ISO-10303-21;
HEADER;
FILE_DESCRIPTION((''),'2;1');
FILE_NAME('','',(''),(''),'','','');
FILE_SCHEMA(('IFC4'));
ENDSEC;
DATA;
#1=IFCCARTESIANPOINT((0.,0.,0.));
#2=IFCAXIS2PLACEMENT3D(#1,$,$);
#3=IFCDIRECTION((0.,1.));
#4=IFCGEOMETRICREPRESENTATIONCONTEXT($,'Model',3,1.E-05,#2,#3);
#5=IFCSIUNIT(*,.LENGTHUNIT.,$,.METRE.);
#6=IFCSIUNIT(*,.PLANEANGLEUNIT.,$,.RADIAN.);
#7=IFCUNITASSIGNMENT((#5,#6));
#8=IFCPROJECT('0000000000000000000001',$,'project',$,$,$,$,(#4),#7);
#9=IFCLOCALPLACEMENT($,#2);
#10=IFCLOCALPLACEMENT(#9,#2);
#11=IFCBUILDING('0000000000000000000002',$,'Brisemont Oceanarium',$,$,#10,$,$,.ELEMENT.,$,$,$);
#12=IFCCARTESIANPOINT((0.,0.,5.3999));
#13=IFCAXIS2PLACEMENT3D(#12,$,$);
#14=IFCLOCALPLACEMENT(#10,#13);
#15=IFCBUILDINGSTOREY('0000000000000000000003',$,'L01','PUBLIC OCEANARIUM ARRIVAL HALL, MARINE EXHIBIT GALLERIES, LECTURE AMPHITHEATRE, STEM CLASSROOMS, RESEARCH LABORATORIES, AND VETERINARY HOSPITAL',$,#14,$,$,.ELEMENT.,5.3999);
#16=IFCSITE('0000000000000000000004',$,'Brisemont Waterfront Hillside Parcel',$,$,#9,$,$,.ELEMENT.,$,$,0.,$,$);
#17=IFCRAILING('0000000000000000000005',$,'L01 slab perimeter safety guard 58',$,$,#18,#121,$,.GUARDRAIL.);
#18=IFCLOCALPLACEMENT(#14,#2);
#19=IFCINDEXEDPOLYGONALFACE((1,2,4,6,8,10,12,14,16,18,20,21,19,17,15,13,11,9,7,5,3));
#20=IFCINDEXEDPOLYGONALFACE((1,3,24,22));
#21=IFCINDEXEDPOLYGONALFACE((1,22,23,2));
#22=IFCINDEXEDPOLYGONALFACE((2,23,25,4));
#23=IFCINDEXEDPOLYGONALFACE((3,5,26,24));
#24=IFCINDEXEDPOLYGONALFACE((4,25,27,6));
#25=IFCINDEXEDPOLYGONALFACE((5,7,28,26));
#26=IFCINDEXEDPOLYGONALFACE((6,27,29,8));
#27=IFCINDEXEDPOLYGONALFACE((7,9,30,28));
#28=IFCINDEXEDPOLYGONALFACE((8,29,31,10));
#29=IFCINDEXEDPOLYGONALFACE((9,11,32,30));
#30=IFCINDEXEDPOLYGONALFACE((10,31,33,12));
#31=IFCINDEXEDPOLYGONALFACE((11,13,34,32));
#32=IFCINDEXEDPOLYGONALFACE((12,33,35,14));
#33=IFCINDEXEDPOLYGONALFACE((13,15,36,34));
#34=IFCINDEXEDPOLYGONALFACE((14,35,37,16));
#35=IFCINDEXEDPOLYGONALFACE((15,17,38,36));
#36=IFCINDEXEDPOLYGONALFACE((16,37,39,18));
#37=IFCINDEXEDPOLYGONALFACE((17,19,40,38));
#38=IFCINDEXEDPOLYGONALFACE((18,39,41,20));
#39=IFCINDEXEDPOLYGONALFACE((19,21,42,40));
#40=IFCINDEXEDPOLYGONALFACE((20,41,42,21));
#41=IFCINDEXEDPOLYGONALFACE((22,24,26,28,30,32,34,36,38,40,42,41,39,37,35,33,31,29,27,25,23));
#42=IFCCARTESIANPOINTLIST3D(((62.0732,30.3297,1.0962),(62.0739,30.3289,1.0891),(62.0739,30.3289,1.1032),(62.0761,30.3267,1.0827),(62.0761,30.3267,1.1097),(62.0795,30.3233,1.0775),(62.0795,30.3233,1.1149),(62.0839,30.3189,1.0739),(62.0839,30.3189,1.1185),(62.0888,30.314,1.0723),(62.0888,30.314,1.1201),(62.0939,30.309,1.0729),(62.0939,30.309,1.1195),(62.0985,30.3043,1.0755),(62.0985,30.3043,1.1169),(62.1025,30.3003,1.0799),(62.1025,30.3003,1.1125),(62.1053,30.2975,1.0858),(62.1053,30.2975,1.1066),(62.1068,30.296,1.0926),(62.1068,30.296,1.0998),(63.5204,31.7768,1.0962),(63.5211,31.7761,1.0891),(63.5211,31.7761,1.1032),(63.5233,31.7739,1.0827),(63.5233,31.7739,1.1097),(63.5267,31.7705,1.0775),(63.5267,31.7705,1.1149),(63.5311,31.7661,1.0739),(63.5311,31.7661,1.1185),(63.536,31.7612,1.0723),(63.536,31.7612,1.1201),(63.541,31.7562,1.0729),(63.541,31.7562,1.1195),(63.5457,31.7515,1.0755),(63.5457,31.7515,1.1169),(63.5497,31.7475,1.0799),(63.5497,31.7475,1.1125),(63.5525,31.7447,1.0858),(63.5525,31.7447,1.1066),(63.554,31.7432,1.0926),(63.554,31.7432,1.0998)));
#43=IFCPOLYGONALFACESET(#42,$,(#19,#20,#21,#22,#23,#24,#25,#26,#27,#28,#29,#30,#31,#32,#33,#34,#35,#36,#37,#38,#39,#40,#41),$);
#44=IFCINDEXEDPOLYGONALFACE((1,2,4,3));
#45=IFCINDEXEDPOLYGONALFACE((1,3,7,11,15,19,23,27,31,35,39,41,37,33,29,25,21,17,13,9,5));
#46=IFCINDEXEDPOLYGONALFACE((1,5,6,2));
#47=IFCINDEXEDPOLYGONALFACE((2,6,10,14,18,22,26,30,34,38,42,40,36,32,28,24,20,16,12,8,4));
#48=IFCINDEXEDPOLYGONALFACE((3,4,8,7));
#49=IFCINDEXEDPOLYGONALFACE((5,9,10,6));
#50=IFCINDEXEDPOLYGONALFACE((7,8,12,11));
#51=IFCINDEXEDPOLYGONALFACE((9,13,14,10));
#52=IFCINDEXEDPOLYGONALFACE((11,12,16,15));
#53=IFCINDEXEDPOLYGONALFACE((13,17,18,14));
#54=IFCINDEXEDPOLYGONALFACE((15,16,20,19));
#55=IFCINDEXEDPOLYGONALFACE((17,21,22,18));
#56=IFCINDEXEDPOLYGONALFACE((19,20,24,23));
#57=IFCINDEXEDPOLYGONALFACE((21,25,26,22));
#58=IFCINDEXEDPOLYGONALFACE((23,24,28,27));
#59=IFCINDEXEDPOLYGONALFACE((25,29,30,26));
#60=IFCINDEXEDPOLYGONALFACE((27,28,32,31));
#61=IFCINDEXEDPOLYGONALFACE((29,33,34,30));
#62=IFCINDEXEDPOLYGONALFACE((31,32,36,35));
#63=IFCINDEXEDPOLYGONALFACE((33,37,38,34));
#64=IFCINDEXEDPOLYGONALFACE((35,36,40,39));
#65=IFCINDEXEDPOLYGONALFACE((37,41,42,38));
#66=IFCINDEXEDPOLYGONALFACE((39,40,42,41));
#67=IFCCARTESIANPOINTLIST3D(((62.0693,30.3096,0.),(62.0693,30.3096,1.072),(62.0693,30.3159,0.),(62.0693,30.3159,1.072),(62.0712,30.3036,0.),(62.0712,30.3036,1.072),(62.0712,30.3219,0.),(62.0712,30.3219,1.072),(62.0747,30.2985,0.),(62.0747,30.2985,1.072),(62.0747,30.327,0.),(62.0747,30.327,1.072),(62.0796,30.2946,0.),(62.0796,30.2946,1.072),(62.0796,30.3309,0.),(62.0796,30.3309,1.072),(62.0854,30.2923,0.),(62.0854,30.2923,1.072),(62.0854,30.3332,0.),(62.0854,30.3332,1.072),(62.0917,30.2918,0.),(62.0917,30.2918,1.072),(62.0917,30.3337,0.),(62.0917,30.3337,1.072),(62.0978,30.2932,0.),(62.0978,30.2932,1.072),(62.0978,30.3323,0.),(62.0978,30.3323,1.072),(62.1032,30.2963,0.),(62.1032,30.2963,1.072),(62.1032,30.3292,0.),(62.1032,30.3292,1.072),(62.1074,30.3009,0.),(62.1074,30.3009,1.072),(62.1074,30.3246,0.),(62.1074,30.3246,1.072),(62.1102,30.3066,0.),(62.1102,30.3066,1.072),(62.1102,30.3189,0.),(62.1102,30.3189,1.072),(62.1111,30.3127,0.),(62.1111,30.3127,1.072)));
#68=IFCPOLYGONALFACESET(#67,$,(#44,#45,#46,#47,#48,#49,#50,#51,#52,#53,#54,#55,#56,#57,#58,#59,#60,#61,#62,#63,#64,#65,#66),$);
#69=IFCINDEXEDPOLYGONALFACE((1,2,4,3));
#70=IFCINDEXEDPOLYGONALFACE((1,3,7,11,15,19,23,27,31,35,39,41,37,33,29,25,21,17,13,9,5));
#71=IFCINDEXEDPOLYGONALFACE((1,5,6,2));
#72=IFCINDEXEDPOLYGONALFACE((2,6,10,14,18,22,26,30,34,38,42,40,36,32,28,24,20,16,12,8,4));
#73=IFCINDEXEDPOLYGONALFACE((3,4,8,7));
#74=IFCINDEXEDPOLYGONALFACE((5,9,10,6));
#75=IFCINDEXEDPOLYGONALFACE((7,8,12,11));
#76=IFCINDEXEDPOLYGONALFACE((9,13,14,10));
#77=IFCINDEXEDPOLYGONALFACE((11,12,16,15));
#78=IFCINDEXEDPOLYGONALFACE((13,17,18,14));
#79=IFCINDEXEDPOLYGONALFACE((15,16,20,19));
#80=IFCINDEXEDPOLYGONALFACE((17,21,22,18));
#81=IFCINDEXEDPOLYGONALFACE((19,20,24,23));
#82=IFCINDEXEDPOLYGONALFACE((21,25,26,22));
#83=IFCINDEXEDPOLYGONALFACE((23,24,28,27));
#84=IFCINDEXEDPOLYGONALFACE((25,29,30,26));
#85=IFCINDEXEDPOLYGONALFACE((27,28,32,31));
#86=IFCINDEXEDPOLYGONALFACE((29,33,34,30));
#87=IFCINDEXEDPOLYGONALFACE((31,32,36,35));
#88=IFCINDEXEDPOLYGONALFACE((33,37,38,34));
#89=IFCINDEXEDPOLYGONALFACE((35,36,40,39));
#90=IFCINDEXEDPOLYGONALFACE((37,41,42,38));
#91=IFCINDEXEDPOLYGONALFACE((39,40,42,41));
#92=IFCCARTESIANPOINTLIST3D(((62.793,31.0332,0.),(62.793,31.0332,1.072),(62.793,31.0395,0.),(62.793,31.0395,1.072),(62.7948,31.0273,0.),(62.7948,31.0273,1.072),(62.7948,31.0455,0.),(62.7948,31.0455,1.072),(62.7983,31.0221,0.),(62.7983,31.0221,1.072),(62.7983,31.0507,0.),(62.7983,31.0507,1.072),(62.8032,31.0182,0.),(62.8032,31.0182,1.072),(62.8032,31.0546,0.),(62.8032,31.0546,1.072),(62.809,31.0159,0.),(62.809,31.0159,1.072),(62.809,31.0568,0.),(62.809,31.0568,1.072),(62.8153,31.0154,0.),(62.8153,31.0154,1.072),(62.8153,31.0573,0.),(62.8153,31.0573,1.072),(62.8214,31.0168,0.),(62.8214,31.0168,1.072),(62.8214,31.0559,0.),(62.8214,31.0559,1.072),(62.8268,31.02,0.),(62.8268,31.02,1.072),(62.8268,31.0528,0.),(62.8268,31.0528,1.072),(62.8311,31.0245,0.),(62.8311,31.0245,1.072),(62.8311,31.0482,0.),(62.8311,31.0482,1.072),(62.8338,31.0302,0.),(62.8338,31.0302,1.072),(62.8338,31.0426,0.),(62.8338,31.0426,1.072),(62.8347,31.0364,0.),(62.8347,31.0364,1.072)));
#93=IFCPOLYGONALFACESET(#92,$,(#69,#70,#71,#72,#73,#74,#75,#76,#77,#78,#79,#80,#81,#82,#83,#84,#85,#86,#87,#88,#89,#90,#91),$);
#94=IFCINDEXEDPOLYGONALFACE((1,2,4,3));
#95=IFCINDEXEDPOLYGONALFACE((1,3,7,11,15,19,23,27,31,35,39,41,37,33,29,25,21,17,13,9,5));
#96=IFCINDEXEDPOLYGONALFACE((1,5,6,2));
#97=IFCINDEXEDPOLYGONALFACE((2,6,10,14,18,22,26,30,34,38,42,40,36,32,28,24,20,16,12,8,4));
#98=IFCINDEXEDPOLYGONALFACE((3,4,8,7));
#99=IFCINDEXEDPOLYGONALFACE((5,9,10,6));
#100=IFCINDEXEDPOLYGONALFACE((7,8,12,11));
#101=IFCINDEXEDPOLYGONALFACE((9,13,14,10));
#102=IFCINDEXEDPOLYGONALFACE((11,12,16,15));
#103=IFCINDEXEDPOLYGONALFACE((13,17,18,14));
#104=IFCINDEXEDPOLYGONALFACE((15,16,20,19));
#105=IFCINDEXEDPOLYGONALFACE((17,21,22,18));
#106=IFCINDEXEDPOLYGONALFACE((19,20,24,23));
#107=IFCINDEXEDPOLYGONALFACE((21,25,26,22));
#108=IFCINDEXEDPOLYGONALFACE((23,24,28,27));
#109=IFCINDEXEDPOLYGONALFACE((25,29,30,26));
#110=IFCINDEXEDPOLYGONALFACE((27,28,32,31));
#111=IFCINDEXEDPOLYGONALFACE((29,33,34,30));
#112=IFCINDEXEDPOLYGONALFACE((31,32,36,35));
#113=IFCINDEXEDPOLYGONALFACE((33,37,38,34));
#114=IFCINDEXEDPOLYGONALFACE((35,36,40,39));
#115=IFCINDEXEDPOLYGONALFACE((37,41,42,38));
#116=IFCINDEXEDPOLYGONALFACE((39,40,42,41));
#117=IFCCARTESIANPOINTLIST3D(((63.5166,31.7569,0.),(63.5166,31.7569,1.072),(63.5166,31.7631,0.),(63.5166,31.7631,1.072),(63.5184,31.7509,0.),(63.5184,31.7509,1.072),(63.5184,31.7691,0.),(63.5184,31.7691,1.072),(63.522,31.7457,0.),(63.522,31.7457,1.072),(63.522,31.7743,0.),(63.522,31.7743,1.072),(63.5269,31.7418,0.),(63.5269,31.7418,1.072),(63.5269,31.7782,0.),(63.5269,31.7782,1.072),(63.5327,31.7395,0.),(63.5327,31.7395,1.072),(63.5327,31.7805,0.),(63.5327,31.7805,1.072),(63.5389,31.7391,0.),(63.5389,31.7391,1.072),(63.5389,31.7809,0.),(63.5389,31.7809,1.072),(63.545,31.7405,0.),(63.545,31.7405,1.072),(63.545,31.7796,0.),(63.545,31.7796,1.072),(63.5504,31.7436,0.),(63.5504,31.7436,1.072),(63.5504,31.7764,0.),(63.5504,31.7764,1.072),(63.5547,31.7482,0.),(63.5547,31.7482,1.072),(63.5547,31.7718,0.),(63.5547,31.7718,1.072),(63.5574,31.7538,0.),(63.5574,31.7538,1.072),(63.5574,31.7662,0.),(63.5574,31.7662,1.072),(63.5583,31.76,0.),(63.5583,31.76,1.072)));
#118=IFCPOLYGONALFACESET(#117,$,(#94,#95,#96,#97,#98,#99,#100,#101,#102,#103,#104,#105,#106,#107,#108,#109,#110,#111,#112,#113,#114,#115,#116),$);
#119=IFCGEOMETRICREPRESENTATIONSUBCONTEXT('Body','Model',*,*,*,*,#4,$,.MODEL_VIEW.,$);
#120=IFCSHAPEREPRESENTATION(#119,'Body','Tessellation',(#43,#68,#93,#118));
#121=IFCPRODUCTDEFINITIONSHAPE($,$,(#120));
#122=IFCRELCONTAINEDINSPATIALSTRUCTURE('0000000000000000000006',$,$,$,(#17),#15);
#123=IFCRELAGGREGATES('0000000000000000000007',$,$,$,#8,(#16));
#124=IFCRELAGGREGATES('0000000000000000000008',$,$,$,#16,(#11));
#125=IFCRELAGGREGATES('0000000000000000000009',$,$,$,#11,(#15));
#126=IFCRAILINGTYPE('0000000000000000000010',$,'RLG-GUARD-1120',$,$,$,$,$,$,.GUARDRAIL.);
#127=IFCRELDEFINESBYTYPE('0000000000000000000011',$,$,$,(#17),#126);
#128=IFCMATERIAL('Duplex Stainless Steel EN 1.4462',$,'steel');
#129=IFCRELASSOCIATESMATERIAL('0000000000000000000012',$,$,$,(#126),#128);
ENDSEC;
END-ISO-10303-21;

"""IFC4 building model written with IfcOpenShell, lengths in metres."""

from ifc_helpers import new_model, si_unit, direction, frame, origin, origin_2d, place, context, subcontext, project, spatial, circle, extrude, material, type_object, element, save


model = new_model("IFC4")

# Units and contexts
model_context = context("Model", 3, precision=1e-05, world=origin(), true_north=direction((0.0, 1.0)))
body_context = subcontext(model_context, "Body", "Model", "MODEL_VIEW")
ifc_project = project(units=[si_unit("LENGTHUNIT", "METRE"), si_unit("PLANEANGLEUNIT", "RADIAN")], contexts=[model_context])

# Site, building, storey
site_placement = place(None, origin())
site = spatial("IfcSite", under=ifc_project, at=site_placement, Name="Brisemont Waterfront Hillside Parcel", CompositionType="ELEMENT", RefElevation=0.0)
building_placement = place(site_placement, origin())
building = spatial("IfcBuilding", under=site, at=building_placement, Name="Brisemont Oceanarium", CompositionType="ELEMENT")
storey_placement = place(building_placement, frame((0.0, 0.0, 5.3999)))
storey = spatial("IfcBuildingStorey", under=building, at=storey_placement, Name="L01", Description="PUBLIC OCEANARIUM ARRIVAL HALL, MARINE EXHIBIT GALLERIES, LECTURE AMPHITHEATRE, STEM CLASSROOMS, RESEARCH LABORATORIES, AND VETERINARY HOSPITAL", CompositionType="ELEMENT", Elevation=5.3999)

# Railing
ifc_material_1 = material(Name="Duplex Stainless Steel EN 1.4462", Category="steel")
railing_type_1 = type_object("IfcRailingType", Name="RLG-GUARD-1120", PredefinedType="GUARDRAIL", material=ifc_material_1)
railing_1_placement = place(storey_placement, frame((62.0901, 30.3127, 0.0)))
element("IfcRailing", 1, at=railing_1_placement, inside=storey, type_object=railing_type_1, Name="L01 slab perimeter safety guard 58", PredefinedType="GUARDRAIL", context=body_context, shape_type="SweptSolid", body=[
    extrude(circle(Radius=0.0239, at=origin_2d()), frame((0.0, 0.0, 1.0962), z_axis=(0.707107, 0.707107, 0.0), x_axis=(-0.707107, 0.707107, 0.0)), (0.0, 0.0, 1.0), 2.0466),
    extrude(circle(Radius=0.021, at=origin_2d()), origin(), (0.0, 0.0, 1.0), 1.072),
    extrude(circle(Radius=0.021, at=origin_2d()), frame((0.7236, 0.7236, 0.0)), (0.0, 0.0, 1.0), 1.072),
    extrude(circle(Radius=0.021, at=origin_2d()), frame((1.4473, 1.4473, 0.0)), (0.0, 0.0, 1.0), 1.072),
])

save(model, "model.ifc")
